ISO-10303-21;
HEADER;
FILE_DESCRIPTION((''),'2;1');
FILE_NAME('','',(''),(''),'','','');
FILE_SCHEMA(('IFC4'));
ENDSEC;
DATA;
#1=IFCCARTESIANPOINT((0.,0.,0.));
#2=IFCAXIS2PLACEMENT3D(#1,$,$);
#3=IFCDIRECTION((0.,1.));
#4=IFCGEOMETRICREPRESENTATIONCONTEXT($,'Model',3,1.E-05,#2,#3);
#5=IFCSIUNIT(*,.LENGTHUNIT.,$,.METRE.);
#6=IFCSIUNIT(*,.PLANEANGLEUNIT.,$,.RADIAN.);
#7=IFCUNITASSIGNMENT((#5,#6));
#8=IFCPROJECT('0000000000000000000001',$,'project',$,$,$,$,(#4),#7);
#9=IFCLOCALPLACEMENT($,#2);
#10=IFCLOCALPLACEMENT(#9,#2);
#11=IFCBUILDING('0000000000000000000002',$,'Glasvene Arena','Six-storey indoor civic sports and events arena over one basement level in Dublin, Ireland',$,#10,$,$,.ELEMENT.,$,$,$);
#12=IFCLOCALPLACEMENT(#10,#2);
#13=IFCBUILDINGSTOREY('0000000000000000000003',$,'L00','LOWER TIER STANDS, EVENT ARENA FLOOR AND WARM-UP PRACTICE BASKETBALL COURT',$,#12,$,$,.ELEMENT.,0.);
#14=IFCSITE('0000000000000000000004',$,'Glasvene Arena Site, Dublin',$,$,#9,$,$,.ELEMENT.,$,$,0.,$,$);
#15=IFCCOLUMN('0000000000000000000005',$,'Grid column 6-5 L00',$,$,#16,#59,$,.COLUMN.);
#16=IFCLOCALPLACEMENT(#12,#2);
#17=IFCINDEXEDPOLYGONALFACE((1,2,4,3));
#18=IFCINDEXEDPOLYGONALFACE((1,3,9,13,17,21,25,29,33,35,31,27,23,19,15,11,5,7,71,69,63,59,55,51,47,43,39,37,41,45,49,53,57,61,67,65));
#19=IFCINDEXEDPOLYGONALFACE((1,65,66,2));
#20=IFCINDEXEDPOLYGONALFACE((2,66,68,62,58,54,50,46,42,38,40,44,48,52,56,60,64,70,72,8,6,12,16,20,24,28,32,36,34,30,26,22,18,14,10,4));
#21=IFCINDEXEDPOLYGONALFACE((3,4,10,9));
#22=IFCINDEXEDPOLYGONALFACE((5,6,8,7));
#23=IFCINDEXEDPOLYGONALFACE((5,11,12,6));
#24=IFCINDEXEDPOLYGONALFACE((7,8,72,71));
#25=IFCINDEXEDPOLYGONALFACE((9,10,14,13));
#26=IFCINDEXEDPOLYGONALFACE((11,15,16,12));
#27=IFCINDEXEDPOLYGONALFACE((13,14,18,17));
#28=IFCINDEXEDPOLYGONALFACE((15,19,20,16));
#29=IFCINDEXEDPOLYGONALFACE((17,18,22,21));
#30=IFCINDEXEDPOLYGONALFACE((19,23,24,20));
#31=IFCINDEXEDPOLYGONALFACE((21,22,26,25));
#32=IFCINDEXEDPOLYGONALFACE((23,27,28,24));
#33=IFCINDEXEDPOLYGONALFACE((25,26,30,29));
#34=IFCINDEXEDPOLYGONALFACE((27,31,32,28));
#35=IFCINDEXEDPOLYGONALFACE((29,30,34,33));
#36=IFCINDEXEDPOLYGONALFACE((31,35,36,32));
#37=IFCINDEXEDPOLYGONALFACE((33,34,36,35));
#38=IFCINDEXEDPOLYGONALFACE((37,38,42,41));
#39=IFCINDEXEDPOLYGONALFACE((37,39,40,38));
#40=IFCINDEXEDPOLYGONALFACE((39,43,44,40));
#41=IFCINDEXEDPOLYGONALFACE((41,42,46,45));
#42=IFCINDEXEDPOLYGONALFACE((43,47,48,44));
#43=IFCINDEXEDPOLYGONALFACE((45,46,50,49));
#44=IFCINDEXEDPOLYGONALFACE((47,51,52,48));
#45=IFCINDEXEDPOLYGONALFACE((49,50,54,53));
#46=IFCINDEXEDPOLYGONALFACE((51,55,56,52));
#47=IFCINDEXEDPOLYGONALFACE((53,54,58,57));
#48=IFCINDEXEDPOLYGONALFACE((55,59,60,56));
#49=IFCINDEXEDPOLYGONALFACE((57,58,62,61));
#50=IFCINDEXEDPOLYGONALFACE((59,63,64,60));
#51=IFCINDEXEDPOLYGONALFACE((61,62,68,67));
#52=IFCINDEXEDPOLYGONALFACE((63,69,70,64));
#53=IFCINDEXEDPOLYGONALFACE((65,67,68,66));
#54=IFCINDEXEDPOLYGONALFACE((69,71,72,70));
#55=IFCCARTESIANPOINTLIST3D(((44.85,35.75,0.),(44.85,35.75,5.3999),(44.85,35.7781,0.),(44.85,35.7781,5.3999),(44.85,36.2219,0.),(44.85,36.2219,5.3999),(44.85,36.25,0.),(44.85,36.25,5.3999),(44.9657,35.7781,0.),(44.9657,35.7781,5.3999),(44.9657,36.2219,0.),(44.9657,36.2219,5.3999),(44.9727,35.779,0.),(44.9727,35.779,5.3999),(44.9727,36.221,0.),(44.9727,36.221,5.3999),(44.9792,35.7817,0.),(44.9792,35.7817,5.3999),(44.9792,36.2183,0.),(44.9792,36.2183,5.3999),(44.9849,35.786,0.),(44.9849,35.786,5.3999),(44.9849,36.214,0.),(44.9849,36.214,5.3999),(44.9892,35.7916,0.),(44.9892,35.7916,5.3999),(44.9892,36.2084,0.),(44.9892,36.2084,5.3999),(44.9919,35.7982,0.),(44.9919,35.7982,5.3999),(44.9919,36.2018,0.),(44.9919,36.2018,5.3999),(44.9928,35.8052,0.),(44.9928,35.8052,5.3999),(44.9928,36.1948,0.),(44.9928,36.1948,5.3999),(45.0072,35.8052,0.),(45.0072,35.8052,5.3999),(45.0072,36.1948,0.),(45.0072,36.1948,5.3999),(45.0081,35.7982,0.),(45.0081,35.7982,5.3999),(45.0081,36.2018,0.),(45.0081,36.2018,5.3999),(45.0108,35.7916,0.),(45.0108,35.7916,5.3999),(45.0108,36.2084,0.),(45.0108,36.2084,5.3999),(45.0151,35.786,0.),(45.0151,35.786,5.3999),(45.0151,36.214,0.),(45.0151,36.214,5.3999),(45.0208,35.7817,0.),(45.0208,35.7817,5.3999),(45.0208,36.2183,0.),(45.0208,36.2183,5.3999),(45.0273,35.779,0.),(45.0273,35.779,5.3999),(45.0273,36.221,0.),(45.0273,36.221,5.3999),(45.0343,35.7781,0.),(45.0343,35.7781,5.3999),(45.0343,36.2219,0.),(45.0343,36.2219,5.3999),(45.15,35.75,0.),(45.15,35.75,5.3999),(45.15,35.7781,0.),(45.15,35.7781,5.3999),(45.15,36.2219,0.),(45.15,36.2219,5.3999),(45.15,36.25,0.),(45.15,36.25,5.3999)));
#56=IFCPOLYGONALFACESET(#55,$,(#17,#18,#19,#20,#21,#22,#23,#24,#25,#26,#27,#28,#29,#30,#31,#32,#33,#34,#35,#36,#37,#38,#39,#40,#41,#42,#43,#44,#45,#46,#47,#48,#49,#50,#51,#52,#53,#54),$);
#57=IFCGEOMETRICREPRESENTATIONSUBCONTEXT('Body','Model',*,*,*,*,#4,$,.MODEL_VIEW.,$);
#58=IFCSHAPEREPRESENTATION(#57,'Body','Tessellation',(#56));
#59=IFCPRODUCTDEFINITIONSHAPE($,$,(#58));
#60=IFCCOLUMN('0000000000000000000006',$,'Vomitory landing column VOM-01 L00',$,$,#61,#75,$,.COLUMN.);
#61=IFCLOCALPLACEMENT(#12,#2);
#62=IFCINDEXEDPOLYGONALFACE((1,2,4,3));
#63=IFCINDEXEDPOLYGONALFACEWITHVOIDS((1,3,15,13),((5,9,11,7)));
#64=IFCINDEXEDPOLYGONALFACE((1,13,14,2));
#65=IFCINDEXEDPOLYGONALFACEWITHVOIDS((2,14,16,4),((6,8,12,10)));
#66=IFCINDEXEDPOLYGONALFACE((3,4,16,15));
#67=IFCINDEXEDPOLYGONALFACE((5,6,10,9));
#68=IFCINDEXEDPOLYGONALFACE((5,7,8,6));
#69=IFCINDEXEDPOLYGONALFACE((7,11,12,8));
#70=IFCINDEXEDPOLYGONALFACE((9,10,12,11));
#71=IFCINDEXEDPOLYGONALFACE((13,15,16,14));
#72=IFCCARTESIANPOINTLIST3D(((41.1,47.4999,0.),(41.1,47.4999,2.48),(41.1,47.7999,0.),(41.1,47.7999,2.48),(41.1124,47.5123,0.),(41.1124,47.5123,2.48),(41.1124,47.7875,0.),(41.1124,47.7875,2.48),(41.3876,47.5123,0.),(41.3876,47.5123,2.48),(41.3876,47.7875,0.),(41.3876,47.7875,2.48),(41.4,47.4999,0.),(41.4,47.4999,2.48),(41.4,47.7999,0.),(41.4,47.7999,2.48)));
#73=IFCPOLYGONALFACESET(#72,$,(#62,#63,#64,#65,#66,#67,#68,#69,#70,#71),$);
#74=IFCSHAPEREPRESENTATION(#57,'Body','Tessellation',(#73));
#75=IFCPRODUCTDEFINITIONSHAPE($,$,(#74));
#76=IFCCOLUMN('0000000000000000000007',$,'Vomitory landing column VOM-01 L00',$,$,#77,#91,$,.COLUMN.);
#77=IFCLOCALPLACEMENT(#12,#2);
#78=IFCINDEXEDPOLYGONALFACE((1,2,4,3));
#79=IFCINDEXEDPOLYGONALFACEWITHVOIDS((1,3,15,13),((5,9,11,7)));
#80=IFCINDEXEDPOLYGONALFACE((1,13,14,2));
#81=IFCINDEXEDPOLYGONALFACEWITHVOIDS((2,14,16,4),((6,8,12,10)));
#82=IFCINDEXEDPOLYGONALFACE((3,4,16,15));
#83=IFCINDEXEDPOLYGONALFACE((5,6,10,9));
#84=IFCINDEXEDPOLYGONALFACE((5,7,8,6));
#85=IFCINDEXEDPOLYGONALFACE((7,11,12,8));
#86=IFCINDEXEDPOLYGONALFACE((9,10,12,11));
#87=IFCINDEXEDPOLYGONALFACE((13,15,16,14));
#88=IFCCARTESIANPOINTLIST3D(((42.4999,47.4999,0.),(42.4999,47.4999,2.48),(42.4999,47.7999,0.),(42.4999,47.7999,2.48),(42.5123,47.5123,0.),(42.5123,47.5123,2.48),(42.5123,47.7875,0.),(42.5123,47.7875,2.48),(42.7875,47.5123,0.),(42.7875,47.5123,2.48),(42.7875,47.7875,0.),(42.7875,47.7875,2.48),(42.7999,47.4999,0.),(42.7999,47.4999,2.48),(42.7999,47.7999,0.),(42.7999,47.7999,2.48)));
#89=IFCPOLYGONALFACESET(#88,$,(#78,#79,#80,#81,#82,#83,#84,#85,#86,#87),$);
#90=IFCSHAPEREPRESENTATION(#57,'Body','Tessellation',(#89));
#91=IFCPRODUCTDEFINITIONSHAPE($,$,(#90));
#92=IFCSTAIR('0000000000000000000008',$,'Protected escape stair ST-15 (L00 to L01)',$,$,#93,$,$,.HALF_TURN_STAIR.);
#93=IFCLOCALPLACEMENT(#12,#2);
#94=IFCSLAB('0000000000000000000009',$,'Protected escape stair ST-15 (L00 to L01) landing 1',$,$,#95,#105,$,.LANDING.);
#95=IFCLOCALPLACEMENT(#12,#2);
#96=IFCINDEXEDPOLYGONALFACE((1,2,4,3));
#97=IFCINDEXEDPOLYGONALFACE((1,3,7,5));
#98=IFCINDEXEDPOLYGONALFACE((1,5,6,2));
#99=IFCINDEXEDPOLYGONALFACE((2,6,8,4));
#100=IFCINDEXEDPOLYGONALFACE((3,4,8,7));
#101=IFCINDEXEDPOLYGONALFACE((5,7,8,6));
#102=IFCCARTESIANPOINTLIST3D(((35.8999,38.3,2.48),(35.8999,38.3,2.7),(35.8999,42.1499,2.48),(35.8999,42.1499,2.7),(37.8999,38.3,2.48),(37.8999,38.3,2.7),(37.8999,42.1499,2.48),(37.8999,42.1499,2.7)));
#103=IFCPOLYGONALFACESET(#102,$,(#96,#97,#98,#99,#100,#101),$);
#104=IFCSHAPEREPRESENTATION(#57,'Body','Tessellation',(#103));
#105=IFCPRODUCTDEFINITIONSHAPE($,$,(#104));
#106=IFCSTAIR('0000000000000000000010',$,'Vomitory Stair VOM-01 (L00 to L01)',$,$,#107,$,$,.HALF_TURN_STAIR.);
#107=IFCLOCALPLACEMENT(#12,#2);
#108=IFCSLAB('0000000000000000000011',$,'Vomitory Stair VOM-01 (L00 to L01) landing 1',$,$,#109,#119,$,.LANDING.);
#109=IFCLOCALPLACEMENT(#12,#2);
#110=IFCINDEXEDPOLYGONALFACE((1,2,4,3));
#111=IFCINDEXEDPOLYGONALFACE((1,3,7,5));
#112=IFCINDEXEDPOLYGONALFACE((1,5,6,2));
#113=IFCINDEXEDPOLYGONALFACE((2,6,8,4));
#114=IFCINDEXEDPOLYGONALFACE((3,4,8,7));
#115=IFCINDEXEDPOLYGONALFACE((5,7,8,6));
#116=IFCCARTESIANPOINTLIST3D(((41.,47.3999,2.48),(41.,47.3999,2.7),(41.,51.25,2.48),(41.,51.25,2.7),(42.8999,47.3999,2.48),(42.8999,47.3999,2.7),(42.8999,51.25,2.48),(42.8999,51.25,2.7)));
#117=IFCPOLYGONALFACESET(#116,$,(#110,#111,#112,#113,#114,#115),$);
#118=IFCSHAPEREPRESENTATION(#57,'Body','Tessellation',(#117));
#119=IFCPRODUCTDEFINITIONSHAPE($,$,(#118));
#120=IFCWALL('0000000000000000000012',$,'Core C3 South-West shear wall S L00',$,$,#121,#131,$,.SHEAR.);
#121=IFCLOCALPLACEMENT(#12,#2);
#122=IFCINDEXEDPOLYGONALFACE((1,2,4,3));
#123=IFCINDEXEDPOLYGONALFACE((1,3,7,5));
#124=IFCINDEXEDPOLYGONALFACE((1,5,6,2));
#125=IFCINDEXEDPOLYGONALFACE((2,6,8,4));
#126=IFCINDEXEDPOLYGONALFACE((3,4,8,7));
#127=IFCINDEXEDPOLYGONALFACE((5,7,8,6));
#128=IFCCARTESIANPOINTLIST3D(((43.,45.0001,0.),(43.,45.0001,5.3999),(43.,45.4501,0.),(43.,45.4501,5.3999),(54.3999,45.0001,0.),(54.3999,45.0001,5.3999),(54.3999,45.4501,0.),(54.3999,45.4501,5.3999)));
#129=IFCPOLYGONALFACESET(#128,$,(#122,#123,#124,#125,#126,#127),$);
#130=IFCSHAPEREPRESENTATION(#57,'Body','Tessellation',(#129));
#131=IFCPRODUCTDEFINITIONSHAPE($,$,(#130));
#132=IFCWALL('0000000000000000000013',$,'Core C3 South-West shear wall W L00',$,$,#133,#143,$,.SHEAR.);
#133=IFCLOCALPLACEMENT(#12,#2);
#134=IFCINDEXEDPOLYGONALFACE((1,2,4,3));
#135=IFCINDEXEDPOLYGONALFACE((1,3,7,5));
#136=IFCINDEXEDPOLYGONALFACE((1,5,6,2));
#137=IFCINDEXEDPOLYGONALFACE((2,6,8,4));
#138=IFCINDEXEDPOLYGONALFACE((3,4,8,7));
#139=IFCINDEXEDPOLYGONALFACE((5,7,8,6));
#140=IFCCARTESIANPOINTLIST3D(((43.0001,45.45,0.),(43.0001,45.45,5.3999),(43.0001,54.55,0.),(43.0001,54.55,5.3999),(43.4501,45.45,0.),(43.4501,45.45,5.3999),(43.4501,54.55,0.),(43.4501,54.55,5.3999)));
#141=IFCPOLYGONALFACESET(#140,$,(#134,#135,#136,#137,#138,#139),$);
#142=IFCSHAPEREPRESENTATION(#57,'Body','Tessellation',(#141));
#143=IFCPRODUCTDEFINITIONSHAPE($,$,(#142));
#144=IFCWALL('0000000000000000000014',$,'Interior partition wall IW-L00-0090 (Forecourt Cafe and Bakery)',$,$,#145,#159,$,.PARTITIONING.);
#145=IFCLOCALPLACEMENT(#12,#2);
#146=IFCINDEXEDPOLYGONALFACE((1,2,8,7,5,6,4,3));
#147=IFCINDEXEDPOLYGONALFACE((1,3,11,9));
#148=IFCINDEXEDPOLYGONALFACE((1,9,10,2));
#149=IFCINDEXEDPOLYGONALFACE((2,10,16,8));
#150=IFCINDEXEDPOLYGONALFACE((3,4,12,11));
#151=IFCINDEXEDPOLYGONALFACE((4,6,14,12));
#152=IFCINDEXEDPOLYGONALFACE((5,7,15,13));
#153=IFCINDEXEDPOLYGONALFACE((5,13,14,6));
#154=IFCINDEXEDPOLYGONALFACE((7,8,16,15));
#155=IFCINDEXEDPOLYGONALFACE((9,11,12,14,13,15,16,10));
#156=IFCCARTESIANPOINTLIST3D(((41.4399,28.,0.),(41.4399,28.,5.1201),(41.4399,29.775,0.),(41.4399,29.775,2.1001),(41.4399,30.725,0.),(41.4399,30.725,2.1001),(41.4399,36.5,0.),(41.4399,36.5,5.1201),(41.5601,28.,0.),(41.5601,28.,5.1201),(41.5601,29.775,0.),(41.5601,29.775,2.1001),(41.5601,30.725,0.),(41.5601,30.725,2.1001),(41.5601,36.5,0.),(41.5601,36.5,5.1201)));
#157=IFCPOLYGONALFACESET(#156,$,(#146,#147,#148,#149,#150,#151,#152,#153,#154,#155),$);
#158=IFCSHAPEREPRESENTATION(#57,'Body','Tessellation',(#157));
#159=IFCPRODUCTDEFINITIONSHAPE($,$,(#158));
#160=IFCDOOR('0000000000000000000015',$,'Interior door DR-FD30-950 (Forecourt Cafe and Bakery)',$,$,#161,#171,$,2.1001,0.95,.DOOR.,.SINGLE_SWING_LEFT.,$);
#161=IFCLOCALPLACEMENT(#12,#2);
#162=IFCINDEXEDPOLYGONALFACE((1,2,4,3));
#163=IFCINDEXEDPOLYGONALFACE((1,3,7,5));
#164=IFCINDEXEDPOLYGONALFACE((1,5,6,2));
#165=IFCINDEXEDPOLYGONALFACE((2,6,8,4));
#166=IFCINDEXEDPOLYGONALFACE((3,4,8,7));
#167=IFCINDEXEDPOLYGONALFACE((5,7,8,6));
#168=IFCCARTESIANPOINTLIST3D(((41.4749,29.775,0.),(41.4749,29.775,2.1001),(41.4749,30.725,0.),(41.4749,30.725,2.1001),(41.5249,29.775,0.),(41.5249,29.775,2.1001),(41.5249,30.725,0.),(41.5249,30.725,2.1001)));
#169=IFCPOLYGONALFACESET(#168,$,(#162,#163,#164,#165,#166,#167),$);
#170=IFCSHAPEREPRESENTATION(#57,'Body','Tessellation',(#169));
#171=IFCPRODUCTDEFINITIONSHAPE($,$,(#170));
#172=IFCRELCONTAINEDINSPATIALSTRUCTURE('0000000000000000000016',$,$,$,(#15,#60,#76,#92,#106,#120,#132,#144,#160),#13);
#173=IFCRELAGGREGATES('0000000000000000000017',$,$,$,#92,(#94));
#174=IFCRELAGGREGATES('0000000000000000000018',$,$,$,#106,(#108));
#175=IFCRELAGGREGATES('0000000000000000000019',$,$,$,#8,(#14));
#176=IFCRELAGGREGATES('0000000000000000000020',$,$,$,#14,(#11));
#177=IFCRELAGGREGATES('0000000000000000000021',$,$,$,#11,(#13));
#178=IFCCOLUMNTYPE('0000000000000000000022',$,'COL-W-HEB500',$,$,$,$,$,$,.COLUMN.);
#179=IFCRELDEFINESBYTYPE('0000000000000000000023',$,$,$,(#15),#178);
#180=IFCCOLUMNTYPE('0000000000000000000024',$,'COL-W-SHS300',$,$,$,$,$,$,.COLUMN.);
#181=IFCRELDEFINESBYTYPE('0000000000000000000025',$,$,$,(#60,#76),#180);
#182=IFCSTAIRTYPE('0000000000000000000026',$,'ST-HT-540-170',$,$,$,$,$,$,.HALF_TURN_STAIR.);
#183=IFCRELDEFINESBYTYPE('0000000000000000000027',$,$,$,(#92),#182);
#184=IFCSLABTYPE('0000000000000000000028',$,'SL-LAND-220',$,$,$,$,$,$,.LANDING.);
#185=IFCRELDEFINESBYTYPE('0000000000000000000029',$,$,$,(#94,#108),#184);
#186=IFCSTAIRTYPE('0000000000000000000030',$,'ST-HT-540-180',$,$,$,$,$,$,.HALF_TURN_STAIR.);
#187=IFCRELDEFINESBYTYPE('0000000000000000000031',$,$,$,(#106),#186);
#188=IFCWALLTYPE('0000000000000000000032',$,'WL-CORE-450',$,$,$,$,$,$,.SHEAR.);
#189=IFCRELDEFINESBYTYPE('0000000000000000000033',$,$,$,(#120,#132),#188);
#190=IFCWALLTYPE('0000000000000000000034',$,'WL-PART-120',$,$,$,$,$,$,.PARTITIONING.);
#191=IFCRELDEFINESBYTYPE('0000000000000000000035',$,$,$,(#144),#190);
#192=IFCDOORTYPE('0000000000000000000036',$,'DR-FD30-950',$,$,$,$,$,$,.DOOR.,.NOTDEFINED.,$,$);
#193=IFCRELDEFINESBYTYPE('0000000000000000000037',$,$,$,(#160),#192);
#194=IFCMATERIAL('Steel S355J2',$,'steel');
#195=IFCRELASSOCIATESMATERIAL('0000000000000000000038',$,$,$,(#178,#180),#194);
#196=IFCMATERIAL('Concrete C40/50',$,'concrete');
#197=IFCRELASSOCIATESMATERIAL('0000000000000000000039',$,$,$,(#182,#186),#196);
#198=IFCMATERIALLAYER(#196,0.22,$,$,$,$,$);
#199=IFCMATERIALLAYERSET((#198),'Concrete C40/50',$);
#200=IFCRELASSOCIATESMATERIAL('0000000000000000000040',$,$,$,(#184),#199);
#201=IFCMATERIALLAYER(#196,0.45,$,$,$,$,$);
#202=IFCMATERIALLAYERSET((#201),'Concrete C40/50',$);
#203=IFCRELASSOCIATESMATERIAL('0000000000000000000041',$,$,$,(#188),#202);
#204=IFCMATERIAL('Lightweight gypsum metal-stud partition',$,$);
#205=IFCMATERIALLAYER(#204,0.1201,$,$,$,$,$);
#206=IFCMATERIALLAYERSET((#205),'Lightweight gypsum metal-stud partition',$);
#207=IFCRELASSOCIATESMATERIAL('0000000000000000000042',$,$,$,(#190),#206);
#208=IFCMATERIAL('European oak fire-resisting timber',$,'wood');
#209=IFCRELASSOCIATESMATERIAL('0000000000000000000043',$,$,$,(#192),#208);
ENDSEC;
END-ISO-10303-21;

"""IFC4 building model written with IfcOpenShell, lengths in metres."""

from ifc_helpers import new_model, si_unit, direction, frame, frame_2d, origin, origin_2d, place, context, subcontext, project, spatial, polyline, rectangle, hollow_rectangle, i_section, outline, extrude, material, layer, layer_set, material_profile, profile_set, type_object, element, fill, aggregate, save


model = new_model("IFC4")

# Units and contexts
model_context = context("Model", 3, precision=1e-05, world=origin(), true_north=direction((0.0, 1.0)))
body_context = subcontext(model_context, "Body", "Model", "MODEL_VIEW")
ifc_project = project(units=[si_unit("LENGTHUNIT", "METRE"), si_unit("PLANEANGLEUNIT", "RADIAN")], contexts=[model_context])

# Site, building, storey
site_placement = place(None, origin())
site = spatial("IfcSite", under=ifc_project, at=site_placement, Name="Glasvene Arena Site, Dublin", CompositionType="ELEMENT", RefElevation=0.0)
building_placement = place(site_placement, origin())
building = spatial("IfcBuilding", under=site, at=building_placement, Name="Glasvene Arena", Description="Six-storey indoor civic sports and events arena over one basement level in Dublin, Ireland", CompositionType="ELEMENT")
storey_placement = place(building_placement, origin())
storey = spatial("IfcBuildingStorey", under=building, at=storey_placement, Name="L00", Description="LOWER TIER STANDS, EVENT ARENA FLOOR AND WARM-UP PRACTICE BASKETBALL COURT", CompositionType="ELEMENT", Elevation=0.0)

# Columns
ifc_material_1 = material(Name="Steel S355J2", Category="steel")
ifc_material_profile_1 = material_profile(ifc_material_1, i_section(OverallWidth=0.3, OverallDepth=0.5, WebThickness=0.0144, FlangeThickness=0.0281, FilletRadius=0.0271, at=origin_2d()), Name="HEB 500")
ifc_profile_set_1 = profile_set([ifc_material_profile_1], Name="Steel S355J2")
column_type_1 = type_object("IfcColumnType", Name="COL-W-HEB500", PredefinedType="COLUMN", material=ifc_profile_set_1)
column_placement = place(storey_placement, frame((45.0, 36.0, 0.0), z_axis=(0.0, 0.0, 1.0), x_axis=(1.0, 0.0, 0.0)))
element("IfcColumn", 1, at=column_placement, inside=storey, type_object=column_type_1, Name="Grid column 6-5 L00", PredefinedType="COLUMN", context=body_context, shape_type="SweptSolid", body=[
    extrude(i_section(OverallWidth=0.3, OverallDepth=0.5, WebThickness=0.0144, FlangeThickness=0.0281, FilletRadius=0.0271, at=origin_2d()), origin(), (0.0, 0.0, 1.0), 5.3999),
])
ifc_material_profile_2 = material_profile(ifc_material_1, hollow_rectangle(XDim=0.3, YDim=0.3, WallThickness=0.0125, at=origin_2d()), Name="SHS 300x300x12.5")
ifc_profile_set_2 = profile_set([ifc_material_profile_2], Name="Steel S355J2")
column_type_2 = type_object("IfcColumnType", Name="COL-W-SHS300", PredefinedType="COLUMN", material=ifc_profile_set_2)
for number, where, z_axis, x_axis, name in (
    (2, (41.25, 47.6499, 0.0), (0.0, 0.0, 1.0), (1.0, 0.0, 0.0), "Vomitory landing column VOM-01 L00"),
    (3, (42.6499, 47.6499, 0.0), (0.0, 0.0, 1.0), (1.0, 0.0, 0.0), "Vomitory landing column VOM-01 L00"),
):
    element("IfcColumn", number, at=place(storey_placement, frame(where, z_axis=z_axis, x_axis=x_axis)), inside=storey, type_object=column_type_2, Name=name, PredefinedType="COLUMN", context=body_context, shape_type="SweptSolid", body=[
        extrude(hollow_rectangle(XDim=0.3, YDim=0.3, WallThickness=0.0125, at=origin_2d()), origin(), (0.0, 0.0, 1.0), 2.48),
    ])

# Stairs, slabs
ifc_material_2 = material(Name="Concrete C40/50", Category="concrete")
stair_type_1 = type_object("IfcStairType", Name="ST-HT-540-170", PredefinedType="HALF_TURN_STAIR", material=ifc_material_2)
stair_1_placement = place(storey_placement, origin())
stair_1 = element("IfcStair", 4, at=stair_1_placement, inside=storey, type_object=stair_type_1, Name="Protected escape stair ST-15 (L00 to L01)", PredefinedType="HALF_TURN_STAIR")
ifc_layer_1 = layer(ifc_material_2, 0.22)
ifc_layer_set_1 = layer_set([ifc_layer_1], Name="Concrete C40/50")
slab_type = type_object("IfcSlabType", Name="SL-LAND-220", PredefinedType="LANDING", material=ifc_layer_set_1)
slab_1_placement = place(storey_placement, frame((36.8999, 40.2251, 2.48)))
slab_1 = element("IfcSlab", 5, at=slab_1_placement, type_object=slab_type, Name="Protected escape stair ST-15 (L00 to L01) landing 1", PredefinedType="LANDING", context=body_context, shape_type="SweptSolid", body=[
    extrude(outline(polyline([(-1.0, -1.925), (1.0, -1.925), (1.0, 1.9248), (-1.0, 1.9248), (-1.0, -1.925)])), origin(), (0.0, 0.0, 1.0), 0.22),
])
aggregate(stair_1, [slab_1])
stair_type_2 = type_object("IfcStairType", Name="ST-HT-540-180", PredefinedType="HALF_TURN_STAIR", material=ifc_material_2)
stair_2_placement = place(storey_placement, origin())
stair_2 = element("IfcStair", 6, at=stair_2_placement, inside=storey, type_object=stair_type_2, Name="Vomitory Stair VOM-01 (L00 to L01)", PredefinedType="HALF_TURN_STAIR")
slab_2_placement = place(storey_placement, frame((41.95, 49.325, 2.48)))
slab_2 = element("IfcSlab", 7, at=slab_2_placement, type_object=slab_type, Name="Vomitory Stair VOM-01 (L00 to L01) landing 1", PredefinedType="LANDING", context=body_context, shape_type="SweptSolid", body=[
    extrude(outline(polyline([(-0.95, -1.925), (0.95, -1.925), (0.95, 1.925), (-0.95, 1.925), (-0.95, -1.925)])), origin(), (0.0, 0.0, 1.0), 0.22),
])

# Walls
ifc_layer_2 = layer(ifc_material_2, 0.45)
ifc_layer_set_2 = layer_set([ifc_layer_2], Name="Concrete C40/50")
wall_type_1 = type_object("IfcWallType", Name="WL-CORE-450", PredefinedType="SHEAR", material=ifc_layer_set_2)
wall_1_placement = place(storey_placement, frame((43.0, 45.2251, 0.0), z_axis=(0.0, 0.0, 1.0), x_axis=(1.0, 0.0, 0.0)))
element("IfcWall", 8, at=wall_1_placement, inside=storey, type_object=wall_type_1, Name="Core C3 South-West shear wall S L00", PredefinedType="SHEAR", context=body_context, shape_type="SweptSolid", body=[
    extrude(rectangle(XDim=11.3999, YDim=0.45, at=frame_2d((5.7, 0.0))), origin(), (0.0, 0.0, 1.0), 5.3999),
])
wall_2_placement = place(storey_placement, frame((43.2251, 45.45, 0.0), z_axis=(0.0, 0.0, 1.0), x_axis=(0.0, 1.0, 0.0)))
element("IfcWall", 9, at=wall_2_placement, inside=storey, type_object=wall_type_1, Name="Core C3 South-West shear wall W L00", PredefinedType="SHEAR", context=body_context, shape_type="SweptSolid", body=[
    extrude(rectangle(XDim=9.1001, YDim=0.45, at=frame_2d((4.55, 0.0))), origin(), (0.0, 0.0, 1.0), 5.3999),
])

# Wall, opening, door
ifc_material_3 = material(Name="Lightweight gypsum metal-stud partition")
ifc_layer_3 = layer(ifc_material_3, 0.1201)
ifc_layer_set_3 = layer_set([ifc_layer_3], Name="Lightweight gypsum metal-stud partition")
wall_type_2 = type_object("IfcWallType", Name="WL-PART-120", PredefinedType="PARTITIONING", material=ifc_layer_set_3)
wall_3_placement = place(storey_placement, frame((41.5, 36.5, 0.0), z_axis=(0.0, 0.0, 1.0), x_axis=(0.0, -1.0, 0.0)))
wall_3 = element("IfcWall", 10, at=wall_3_placement, inside=storey, type_object=wall_type_2, Name="Interior partition wall IW-L00-0090 (Forecourt Cafe and Bakery)", PredefinedType="PARTITIONING", context=body_context, shape_type="SweptSolid", body=[
    extrude(rectangle(XDim=8.5, YDim=0.1201, at=frame_2d((4.25, 0.0))), origin(), (0.0, 0.0, 1.0), 5.1201),
])
opening_1_placement = place(wall_3_placement, frame((5.7749, 0.0, 0.0)))
opening_1 = element("IfcOpeningElement", 11, at=opening_1_placement, cuts=wall_3, PredefinedType="OPENING", context=body_context, shape_type="SweptSolid", body=[
    extrude(rectangle(XDim=0.95, YDim=2.1001, at=frame_2d((0.4751, 1.05))), frame((0.0, 0.0701, 0.0), z_axis=(0.0, -1.0, 0.0), x_axis=(1.0, 0.0, 0.0)), (0.0, 0.0, 1.0), 0.1401),
])
ifc_material_4 = material(Name="European oak fire-resisting timber", Category="wood")
door_type_1 = type_object("IfcDoorType", Name="DR-FD30-950", OperationType="NOTDEFINED", PredefinedType="DOOR", material=ifc_material_4)
door_1_placement = place(opening_1_placement, origin())
door_1 = element("IfcDoor", 12, at=door_1_placement, inside=storey, type_object=door_type_1, Name="Interior door DR-FD30-950 (Forecourt Cafe and Bakery)", OperationType="SINGLE_SWING_LEFT", OverallHeight=2.1001, OverallWidth=0.95, PredefinedType="DOOR", context=body_context, shape_type="SweptSolid", body=[
    extrude(rectangle(XDim=0.95, YDim=2.1001, at=frame_2d((0.4751, 1.05))), frame((0.0, 0.0249, 0.0), z_axis=(0.0, -1.0, 0.0), x_axis=(1.0, 0.0, 0.0)), (0.0, 0.0, 1.0), 0.05),
])
fill(opening_1, door_1)

aggregate(stair_2, [slab_2])

save(model, "model.ifc")
